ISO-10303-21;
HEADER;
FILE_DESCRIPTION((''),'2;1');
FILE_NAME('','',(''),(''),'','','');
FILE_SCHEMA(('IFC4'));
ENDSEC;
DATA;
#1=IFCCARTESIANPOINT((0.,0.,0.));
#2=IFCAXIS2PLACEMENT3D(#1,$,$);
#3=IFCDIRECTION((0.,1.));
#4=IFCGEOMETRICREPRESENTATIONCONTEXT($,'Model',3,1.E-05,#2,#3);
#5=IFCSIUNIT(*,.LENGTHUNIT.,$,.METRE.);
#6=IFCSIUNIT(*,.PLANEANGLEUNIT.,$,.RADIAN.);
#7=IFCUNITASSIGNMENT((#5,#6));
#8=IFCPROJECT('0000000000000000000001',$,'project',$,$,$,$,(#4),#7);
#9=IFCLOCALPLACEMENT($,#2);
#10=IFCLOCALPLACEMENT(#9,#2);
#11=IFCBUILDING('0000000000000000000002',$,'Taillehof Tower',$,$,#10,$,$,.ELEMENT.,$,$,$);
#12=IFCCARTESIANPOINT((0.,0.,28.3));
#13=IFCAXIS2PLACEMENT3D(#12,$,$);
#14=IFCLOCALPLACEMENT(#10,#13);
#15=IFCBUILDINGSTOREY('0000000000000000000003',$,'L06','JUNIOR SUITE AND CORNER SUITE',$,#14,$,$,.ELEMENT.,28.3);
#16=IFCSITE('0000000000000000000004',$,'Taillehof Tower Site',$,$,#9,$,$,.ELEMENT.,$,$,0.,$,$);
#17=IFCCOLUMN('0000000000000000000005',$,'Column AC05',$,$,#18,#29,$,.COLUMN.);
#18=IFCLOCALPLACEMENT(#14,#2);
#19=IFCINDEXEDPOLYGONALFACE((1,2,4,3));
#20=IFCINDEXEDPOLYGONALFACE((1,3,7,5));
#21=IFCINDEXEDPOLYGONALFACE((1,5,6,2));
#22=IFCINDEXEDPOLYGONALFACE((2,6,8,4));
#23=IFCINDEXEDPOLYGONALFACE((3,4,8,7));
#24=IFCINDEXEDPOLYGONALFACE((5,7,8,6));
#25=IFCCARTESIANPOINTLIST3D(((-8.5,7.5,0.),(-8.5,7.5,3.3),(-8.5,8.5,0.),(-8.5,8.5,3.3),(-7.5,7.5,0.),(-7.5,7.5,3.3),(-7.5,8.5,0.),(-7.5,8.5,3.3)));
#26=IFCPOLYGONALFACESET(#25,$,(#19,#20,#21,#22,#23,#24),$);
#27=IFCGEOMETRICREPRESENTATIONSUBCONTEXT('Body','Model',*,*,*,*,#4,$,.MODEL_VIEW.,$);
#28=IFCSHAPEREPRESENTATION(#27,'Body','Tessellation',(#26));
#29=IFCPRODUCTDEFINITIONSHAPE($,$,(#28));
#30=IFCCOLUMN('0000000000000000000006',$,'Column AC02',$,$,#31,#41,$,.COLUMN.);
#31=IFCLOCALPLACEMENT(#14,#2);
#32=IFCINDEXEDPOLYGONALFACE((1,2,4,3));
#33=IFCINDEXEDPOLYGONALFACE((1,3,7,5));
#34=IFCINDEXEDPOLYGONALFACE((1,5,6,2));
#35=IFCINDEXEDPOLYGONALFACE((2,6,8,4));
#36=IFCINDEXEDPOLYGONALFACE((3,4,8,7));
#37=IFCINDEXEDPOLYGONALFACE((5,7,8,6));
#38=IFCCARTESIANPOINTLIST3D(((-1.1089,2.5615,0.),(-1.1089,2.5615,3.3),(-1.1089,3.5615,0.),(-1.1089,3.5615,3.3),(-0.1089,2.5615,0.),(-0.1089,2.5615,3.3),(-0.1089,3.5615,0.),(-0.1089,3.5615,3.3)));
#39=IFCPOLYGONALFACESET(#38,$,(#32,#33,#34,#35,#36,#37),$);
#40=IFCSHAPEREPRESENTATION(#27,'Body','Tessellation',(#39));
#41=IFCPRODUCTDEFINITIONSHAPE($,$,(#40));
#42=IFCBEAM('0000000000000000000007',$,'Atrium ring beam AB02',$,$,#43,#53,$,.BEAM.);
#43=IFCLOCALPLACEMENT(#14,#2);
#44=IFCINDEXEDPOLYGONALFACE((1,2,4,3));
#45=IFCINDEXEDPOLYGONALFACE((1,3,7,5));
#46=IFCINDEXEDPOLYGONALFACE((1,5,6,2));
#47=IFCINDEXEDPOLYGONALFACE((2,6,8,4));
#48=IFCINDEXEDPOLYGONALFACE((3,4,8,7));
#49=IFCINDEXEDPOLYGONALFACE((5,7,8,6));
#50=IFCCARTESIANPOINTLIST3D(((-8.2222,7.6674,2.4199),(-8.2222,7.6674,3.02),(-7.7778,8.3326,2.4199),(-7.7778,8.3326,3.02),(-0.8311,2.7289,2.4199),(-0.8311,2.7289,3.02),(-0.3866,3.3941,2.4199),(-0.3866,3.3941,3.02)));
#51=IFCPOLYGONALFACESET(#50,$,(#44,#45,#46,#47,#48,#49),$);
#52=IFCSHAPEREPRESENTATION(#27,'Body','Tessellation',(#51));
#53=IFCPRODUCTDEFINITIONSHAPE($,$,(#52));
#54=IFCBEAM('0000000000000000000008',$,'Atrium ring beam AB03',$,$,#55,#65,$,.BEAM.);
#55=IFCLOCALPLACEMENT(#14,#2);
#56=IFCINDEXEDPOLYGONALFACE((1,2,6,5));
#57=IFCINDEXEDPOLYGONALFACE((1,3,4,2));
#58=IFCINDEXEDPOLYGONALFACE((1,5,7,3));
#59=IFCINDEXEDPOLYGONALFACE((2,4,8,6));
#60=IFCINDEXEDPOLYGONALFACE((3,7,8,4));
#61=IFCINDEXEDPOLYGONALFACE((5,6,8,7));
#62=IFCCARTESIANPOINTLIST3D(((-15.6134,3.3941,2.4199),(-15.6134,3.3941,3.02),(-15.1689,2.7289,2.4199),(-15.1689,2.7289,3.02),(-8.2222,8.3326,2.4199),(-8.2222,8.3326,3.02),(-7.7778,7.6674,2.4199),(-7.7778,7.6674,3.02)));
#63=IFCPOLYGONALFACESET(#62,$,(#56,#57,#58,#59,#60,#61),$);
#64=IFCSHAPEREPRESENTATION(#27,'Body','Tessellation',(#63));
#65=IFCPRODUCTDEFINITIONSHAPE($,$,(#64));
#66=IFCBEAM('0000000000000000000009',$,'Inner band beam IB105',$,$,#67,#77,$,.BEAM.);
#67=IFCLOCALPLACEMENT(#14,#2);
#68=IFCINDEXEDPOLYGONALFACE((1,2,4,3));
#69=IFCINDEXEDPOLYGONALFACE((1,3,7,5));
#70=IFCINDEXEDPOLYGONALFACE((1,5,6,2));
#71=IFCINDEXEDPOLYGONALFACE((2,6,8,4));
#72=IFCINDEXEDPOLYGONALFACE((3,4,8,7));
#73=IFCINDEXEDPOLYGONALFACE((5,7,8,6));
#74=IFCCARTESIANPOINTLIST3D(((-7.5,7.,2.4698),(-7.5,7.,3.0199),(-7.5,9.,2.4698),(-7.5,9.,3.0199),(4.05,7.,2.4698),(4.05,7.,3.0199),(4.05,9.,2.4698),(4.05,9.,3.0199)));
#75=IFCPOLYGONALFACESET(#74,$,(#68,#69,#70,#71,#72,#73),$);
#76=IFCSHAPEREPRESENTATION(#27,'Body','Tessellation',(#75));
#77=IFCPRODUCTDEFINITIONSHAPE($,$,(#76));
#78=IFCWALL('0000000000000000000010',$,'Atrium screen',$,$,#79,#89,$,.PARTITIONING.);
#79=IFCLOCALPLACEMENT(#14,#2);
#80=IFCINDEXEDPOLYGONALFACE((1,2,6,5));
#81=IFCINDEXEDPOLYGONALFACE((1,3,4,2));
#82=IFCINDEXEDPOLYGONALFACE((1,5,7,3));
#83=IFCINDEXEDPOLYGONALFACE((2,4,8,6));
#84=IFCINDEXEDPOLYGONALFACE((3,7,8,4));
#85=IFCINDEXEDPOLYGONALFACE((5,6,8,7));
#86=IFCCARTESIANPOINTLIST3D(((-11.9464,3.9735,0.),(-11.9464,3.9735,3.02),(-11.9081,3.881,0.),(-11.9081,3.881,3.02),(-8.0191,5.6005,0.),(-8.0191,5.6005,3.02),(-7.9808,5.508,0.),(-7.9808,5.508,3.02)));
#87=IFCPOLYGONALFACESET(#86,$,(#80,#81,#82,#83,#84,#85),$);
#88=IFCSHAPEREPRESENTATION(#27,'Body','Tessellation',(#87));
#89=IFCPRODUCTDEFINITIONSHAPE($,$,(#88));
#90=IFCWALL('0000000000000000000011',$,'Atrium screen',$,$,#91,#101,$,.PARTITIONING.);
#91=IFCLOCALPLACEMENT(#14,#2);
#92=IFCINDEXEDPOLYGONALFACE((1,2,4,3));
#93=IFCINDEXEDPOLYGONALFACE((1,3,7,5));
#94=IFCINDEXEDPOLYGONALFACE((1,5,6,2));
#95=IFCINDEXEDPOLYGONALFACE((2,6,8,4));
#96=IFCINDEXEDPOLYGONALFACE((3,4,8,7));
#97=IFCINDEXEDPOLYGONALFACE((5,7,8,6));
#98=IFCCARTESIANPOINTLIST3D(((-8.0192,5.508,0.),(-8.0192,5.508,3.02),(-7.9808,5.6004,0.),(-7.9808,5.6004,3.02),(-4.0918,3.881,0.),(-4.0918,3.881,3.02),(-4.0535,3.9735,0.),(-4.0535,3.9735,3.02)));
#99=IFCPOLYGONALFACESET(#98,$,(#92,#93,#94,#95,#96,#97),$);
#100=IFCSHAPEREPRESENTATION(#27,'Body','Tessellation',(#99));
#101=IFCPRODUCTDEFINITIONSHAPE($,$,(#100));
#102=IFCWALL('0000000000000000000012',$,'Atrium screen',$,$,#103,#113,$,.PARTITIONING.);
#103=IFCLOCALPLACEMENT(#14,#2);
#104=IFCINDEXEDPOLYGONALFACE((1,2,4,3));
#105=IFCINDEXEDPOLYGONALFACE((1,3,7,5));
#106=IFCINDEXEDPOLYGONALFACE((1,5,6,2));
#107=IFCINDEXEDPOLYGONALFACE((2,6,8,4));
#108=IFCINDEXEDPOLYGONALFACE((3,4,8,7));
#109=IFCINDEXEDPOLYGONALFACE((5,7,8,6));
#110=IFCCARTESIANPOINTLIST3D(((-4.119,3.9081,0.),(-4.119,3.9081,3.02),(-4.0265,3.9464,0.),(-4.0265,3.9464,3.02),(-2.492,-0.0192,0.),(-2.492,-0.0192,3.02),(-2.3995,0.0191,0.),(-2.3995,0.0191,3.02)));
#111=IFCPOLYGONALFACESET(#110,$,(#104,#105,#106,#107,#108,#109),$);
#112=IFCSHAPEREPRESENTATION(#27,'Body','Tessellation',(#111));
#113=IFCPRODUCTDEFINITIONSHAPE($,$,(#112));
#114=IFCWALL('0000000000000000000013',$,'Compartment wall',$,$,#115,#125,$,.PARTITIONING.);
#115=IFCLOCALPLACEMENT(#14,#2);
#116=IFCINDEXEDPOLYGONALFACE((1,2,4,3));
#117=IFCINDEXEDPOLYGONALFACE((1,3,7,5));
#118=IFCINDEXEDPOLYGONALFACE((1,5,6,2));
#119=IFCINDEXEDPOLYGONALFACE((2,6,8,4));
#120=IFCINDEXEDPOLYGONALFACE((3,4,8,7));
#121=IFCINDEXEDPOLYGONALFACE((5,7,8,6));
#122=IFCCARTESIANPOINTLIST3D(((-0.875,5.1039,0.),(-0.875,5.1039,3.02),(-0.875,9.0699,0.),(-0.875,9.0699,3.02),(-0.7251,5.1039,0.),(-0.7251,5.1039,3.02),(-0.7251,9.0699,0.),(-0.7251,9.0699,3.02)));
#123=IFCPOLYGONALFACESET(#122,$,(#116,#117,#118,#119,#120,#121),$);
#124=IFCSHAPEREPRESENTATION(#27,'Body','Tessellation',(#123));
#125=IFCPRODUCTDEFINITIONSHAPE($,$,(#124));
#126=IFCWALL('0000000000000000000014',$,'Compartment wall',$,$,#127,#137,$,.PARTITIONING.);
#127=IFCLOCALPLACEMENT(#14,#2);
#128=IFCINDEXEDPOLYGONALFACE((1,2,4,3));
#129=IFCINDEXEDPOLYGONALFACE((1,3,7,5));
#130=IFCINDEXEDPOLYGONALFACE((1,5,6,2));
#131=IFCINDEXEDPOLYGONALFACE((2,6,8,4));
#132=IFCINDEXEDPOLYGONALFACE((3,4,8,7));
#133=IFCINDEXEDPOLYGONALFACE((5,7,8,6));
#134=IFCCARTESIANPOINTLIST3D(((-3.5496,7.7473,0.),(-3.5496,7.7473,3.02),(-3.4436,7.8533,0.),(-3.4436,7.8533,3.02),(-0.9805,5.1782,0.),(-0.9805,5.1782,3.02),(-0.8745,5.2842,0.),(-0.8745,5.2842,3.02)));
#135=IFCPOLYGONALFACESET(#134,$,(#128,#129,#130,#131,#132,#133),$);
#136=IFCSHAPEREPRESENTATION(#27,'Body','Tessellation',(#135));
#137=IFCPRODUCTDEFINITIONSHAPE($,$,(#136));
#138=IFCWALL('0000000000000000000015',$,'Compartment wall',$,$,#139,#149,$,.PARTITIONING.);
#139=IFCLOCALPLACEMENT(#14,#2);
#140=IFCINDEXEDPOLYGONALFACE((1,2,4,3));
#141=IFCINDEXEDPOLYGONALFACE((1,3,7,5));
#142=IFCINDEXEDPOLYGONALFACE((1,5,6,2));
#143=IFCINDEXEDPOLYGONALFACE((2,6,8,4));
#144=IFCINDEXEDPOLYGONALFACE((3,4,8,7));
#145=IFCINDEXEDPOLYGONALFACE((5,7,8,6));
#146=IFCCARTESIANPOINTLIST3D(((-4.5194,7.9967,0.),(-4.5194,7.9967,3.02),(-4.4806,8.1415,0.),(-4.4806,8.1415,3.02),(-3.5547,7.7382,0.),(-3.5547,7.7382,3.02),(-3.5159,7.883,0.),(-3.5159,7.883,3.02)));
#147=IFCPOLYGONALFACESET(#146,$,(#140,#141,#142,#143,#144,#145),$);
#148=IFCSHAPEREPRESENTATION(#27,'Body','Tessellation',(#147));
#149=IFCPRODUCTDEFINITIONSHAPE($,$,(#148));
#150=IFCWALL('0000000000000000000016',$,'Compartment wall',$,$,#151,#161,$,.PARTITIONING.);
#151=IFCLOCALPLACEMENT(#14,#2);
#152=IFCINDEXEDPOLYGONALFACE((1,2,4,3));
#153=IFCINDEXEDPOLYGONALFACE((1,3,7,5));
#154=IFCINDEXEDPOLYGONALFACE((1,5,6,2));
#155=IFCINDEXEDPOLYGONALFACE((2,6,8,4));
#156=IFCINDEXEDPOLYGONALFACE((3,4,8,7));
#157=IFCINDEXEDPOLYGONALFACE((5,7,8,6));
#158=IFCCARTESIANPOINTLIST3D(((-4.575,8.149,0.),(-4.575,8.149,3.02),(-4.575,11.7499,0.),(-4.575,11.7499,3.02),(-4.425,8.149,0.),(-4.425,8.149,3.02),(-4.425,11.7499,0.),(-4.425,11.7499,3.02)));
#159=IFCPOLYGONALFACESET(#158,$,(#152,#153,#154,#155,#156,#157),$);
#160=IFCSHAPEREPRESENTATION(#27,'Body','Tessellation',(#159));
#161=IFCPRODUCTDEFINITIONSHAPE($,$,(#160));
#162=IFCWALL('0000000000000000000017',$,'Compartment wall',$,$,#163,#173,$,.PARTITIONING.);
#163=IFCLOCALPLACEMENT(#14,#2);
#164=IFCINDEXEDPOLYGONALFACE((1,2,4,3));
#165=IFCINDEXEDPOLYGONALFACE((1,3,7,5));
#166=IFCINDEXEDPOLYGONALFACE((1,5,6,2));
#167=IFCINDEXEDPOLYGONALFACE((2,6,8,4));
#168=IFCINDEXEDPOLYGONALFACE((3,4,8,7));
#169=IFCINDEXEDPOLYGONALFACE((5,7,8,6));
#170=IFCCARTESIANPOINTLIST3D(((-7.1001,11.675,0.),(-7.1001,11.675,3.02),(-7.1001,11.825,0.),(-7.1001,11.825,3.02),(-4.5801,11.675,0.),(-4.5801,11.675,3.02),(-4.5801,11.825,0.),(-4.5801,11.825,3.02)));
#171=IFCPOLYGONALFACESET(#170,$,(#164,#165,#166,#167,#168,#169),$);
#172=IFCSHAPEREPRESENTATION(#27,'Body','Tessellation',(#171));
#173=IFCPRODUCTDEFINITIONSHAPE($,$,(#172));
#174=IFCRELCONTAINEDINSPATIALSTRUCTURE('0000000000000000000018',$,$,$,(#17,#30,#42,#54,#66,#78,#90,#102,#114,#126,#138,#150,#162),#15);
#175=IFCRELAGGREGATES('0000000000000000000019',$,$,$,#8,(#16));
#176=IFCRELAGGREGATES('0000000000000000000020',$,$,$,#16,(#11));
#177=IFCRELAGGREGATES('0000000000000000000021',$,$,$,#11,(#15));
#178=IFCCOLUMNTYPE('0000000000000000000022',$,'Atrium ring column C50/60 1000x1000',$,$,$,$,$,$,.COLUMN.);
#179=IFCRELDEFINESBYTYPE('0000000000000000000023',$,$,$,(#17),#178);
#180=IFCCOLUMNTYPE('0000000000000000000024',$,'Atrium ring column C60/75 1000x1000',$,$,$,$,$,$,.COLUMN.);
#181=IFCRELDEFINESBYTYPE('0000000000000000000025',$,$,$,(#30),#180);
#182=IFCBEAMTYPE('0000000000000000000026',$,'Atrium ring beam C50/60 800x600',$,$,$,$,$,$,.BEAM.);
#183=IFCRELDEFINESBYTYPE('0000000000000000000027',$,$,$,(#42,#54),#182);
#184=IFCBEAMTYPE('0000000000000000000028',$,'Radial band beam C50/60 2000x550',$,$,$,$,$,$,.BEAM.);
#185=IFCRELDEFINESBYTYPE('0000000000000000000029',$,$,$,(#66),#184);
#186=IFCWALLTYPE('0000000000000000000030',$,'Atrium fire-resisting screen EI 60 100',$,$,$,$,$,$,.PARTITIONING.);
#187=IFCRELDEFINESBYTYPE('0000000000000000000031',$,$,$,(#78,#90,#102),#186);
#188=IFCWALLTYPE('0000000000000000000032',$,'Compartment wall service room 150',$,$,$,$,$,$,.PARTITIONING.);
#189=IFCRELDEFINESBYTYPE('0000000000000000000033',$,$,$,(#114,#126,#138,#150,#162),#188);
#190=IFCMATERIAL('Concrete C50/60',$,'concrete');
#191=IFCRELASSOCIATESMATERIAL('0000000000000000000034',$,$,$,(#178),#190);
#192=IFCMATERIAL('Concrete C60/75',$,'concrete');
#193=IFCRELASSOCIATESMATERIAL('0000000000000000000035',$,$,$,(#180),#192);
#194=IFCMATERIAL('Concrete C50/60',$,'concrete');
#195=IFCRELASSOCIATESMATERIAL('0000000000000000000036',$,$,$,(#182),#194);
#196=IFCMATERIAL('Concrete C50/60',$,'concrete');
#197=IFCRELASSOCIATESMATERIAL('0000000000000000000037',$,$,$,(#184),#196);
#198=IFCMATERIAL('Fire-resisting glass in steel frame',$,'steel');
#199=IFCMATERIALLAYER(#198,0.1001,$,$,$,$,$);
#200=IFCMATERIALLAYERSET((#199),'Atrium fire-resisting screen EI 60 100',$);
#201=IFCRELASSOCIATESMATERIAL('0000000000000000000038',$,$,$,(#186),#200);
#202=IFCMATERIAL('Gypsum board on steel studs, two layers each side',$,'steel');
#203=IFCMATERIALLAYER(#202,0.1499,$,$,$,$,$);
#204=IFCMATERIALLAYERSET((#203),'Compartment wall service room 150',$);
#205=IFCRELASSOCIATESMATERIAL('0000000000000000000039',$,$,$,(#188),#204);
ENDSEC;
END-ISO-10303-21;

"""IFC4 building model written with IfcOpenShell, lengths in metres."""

from ifc_helpers import new_model, si_unit, direction, frame, frame_2d, origin, origin_2d, place, context, subcontext, project, spatial, rectangle, extrude, material, layer, layer_set, material_profile, profile_set, type_object, element, save


model = new_model("IFC4")

# Units and contexts
model_context = context("Model", 3, precision=1e-05, world=origin(), true_north=direction((0.0, 1.0)))
body_context = subcontext(model_context, "Body", "Model", "MODEL_VIEW")
ifc_project = project(units=[si_unit("LENGTHUNIT", "METRE"), si_unit("PLANEANGLEUNIT", "RADIAN")], contexts=[model_context])

# Site, building, storey
site_placement = place(None, origin())
site = spatial("IfcSite", under=ifc_project, at=site_placement, Name="Taillehof Tower Site", CompositionType="ELEMENT", RefElevation=0.0)
building_placement = place(site_placement, origin())
building = spatial("IfcBuilding", under=site, at=building_placement, Name="Taillehof Tower", CompositionType="ELEMENT")
storey_placement = place(building_placement, frame((0.0, 0.0, 28.3)))
storey = spatial("IfcBuildingStorey", under=building, at=storey_placement, Name="L06", Description="JUNIOR SUITE AND CORNER SUITE", CompositionType="ELEMENT", Elevation=28.3)

# Columns
ifc_material_1 = material(Name="Concrete C50/60", Category="concrete")
ifc_material_profile_1 = material_profile(ifc_material_1, rectangle(XDim=1.0, YDim=1.0, at=origin_2d()), Name="RC 1000x1000")
ifc_profile_set_1 = profile_set([ifc_material_profile_1], Name="Concrete C50/60")
column_type_1 = type_object("IfcColumnType", Name="Atrium ring column C50/60 1000x1000", PredefinedType="COLUMN", material=ifc_profile_set_1)
column_1_placement = place(storey_placement, frame((-8.0, 8.0, 0.0), z_axis=(0.0, 0.0, 1.0), x_axis=(1.0, 0.0, 0.0)))
element("IfcColumn", 1, at=column_1_placement, inside=storey, type_object=column_type_1, Name="Column AC05", PredefinedType="COLUMN", context=body_context, shape_type="SweptSolid", body=[
    extrude(rectangle(XDim=1.0, YDim=1.0, at=origin_2d()), origin(), (0.0, 0.0, 1.0), 3.3),
])
ifc_material_2 = material(Name="Concrete C60/75", Category="concrete")
ifc_material_profile_2 = material_profile(ifc_material_2, rectangle(XDim=1.0, YDim=1.0, at=origin_2d()), Name="RC 1000x1000")
ifc_profile_set_2 = profile_set([ifc_material_profile_2], Name="Concrete C60/75")
column_type_2 = type_object("IfcColumnType", Name="Atrium ring column C60/75 1000x1000", PredefinedType="COLUMN", material=ifc_profile_set_2)
column_2_placement = place(storey_placement, frame((-0.6089, 3.0615, 0.0), z_axis=(0.0, 0.0, 1.0), x_axis=(1.0, 0.0, 0.0)))
element("IfcColumn", 2, at=column_2_placement, inside=storey, type_object=column_type_2, Name="Column AC02", PredefinedType="COLUMN", context=body_context, shape_type="SweptSolid", body=[
    extrude(rectangle(XDim=1.0, YDim=1.0, at=origin_2d()), origin(), (0.0, 0.0, 1.0), 3.3),
])

# Beams
ifc_material_3 = material(Name="Concrete C50/60", Category="concrete")
ifc_material_profile_3 = material_profile(ifc_material_3, rectangle(XDim=0.8, YDim=0.6001, at=origin_2d()), Name="RC 800x600")
ifc_profile_set_3 = profile_set([ifc_material_profile_3], Name="Concrete C50/60")
beam_type_1 = type_object("IfcBeamType", Name="Atrium ring beam C50/60 800x600", PredefinedType="BEAM", material=ifc_profile_set_3)
for number, where, z_axis, x_axis, name in (
    (3, (-0.6089, 3.0615, 2.72), (-0.831475, 0.555562, 0.0), (-0.555562, -0.831475, 0.0), "Atrium ring beam AB02"),
    (4, (-8.0, 8.0, 2.72), (-0.831475, -0.555562, 0.0), (0.555562, -0.831475, 0.0), "Atrium ring beam AB03"),
):
    element("IfcBeam", number, at=place(storey_placement, frame(where, z_axis=z_axis, x_axis=x_axis)), inside=storey, type_object=beam_type_1, Name=name, PredefinedType="BEAM", context=body_context, shape_type="SweptSolid", body=[
        extrude(rectangle(XDim=0.8, YDim=0.6001, at=origin_2d()), origin(), (0.0, 0.0, 1.0), 8.8892),
    ])
ifc_material_4 = material(Name="Concrete C50/60", Category="concrete")
ifc_material_profile_4 = material_profile(ifc_material_4, rectangle(XDim=2.0, YDim=0.55, at=origin_2d()), Name="RC 2000x550")
ifc_profile_set_4 = profile_set([ifc_material_profile_4], Name="Concrete C50/60")
beam_type_2 = type_object("IfcBeamType", Name="Radial band beam C50/60 2000x550", PredefinedType="BEAM", material=ifc_profile_set_4)
beam_placement = place(storey_placement, frame((-7.5, 8.0, 2.7449), z_axis=(1.0, 0.0, 0.0), x_axis=(0.0, 1.0, 0.0)))
element("IfcBeam", 5, at=beam_placement, inside=storey, type_object=beam_type_2, Name="Inner band beam IB105", PredefinedType="BEAM", context=body_context, shape_type="SweptSolid", body=[
    extrude(rectangle(XDim=2.0, YDim=0.55, at=origin_2d()), origin(), (0.0, 0.0, 1.0), 11.55),
])

# Walls
ifc_material_5 = material(Name="Fire-resisting glass in steel frame", Category="steel")
ifc_layer_1 = layer(ifc_material_5, 0.1001)
ifc_layer_set_1 = layer_set([ifc_layer_1], Name="Atrium fire-resisting screen EI 60 100")
wall_type_1 = type_object("IfcWallType", Name="Atrium fire-resisting screen EI 60 100", PredefinedType="PARTITIONING", material=ifc_layer_set_1)
for number, where, z_axis, x_axis, name in (
    (6, (-11.9272, 3.9272, 0.0), (0.0, 0.0, 1.0), (0.92386, 0.382731, 0.0), "Atrium screen"),
    (7, (-8.0, 5.5542, 0.0), (0.0, 0.0, 1.0), (0.92386, -0.382731, 0.0), "Atrium screen"),
    (8, (-4.0728, 3.9272, 0.0), (0.0, 0.0, 1.0), (0.382731, -0.92386, 0.0), "Atrium screen"),
):
    element("IfcWall", number, at=place(storey_placement, frame(where, z_axis=z_axis, x_axis=x_axis)), inside=storey, type_object=wall_type_1, Name=name, PredefinedType="PARTITIONING", context=body_context, shape_type="SweptSolid", body=[
        extrude(rectangle(XDim=4.251, YDim=0.1001, at=frame_2d((2.1255, 0.0))), origin(), (0.0, 0.0, 1.0), 3.02),
    ])
ifc_material_6 = material(Name="Gypsum board on steel studs, two layers each side", Category="steel")
ifc_layer_2 = layer(ifc_material_6, 0.1499)
ifc_layer_set_2 = layer_set([ifc_layer_2], Name="Compartment wall service room 150")
wall_type_2 = type_object("IfcWallType", Name="Compartment wall service room 150", PredefinedType="PARTITIONING", material=ifc_layer_set_2)
wall_1_placement = place(storey_placement, frame((-0.8, 9.0698, 0.0), z_axis=(0.0, 0.0, 1.0), x_axis=(0.0, -1.0, 0.0)))
element("IfcWall", 9, at=wall_1_placement, inside=storey, type_object=wall_type_2, Name="Compartment wall", PredefinedType="PARTITIONING", context=body_context, shape_type="SweptSolid", body=[
    extrude(rectangle(XDim=3.9661, YDim=0.1499, at=frame_2d((1.9829, 0.0))), origin(), (0.0, 0.0, 1.0), 3.02),
])
wall_2_placement = place(storey_placement, frame((-0.9275, 5.2312, 0.0), z_axis=(0.0, 0.0, 1.0), x_axis=(-0.707107, 0.707107, 0.0)))
element("IfcWall", 10, at=wall_2_placement, inside=storey, type_object=wall_type_2, Name="Compartment wall", PredefinedType="PARTITIONING", context=body_context, shape_type="SweptSolid", body=[
    extrude(rectangle(XDim=3.6333, YDim=0.1499, at=frame_2d((1.8167, 0.0))), origin(), (0.0, 0.0, 1.0), 3.02),
])
wall_3_placement = place(storey_placement, frame((-3.5352, 7.8105, 0.0), z_axis=(0.0, 0.0, 1.0), x_axis=(-0.965922, 0.258834, 0.0)))
element("IfcWall", 11, at=wall_3_placement, inside=storey, type_object=wall_type_2, Name="Compartment wall", PredefinedType="PARTITIONING", context=body_context, shape_type="SweptSolid", body=[
    extrude(rectangle(XDim=0.9988, YDim=0.1499, at=frame_2d((0.4995, 0.0))), origin(), (0.0, 0.0, 1.0), 3.02),
])
wall_4_placement = place(storey_placement, frame((-4.5, 8.1492, 0.0), z_axis=(0.0, 0.0, 1.0), x_axis=(0.0, 1.0, 0.0)))
element("IfcWall", 12, at=wall_4_placement, inside=storey, type_object=wall_type_2, Name="Compartment wall", PredefinedType="PARTITIONING", context=body_context, shape_type="SweptSolid", body=[
    extrude(rectangle(XDim=3.6008, YDim=0.1499, at=frame_2d((1.8003, 0.0))), origin(), (0.0, 0.0, 1.0), 3.02),
])
wall_5_placement = place(storey_placement, frame((-4.5801, 11.75, 0.0), z_axis=(0.0, 0.0, 1.0), x_axis=(-1.0, 0.0, 0.0)))
element("IfcWall", 13, at=wall_5_placement, inside=storey, type_object=wall_type_2, Name="Compartment wall", PredefinedType="PARTITIONING", context=body_context, shape_type="SweptSolid", body=[
    extrude(rectangle(XDim=2.52, YDim=0.1499, at=frame_2d((1.26, 0.0))), origin(), (0.0, 0.0, 1.0), 3.02),
])

save(model, "model.ifc")
